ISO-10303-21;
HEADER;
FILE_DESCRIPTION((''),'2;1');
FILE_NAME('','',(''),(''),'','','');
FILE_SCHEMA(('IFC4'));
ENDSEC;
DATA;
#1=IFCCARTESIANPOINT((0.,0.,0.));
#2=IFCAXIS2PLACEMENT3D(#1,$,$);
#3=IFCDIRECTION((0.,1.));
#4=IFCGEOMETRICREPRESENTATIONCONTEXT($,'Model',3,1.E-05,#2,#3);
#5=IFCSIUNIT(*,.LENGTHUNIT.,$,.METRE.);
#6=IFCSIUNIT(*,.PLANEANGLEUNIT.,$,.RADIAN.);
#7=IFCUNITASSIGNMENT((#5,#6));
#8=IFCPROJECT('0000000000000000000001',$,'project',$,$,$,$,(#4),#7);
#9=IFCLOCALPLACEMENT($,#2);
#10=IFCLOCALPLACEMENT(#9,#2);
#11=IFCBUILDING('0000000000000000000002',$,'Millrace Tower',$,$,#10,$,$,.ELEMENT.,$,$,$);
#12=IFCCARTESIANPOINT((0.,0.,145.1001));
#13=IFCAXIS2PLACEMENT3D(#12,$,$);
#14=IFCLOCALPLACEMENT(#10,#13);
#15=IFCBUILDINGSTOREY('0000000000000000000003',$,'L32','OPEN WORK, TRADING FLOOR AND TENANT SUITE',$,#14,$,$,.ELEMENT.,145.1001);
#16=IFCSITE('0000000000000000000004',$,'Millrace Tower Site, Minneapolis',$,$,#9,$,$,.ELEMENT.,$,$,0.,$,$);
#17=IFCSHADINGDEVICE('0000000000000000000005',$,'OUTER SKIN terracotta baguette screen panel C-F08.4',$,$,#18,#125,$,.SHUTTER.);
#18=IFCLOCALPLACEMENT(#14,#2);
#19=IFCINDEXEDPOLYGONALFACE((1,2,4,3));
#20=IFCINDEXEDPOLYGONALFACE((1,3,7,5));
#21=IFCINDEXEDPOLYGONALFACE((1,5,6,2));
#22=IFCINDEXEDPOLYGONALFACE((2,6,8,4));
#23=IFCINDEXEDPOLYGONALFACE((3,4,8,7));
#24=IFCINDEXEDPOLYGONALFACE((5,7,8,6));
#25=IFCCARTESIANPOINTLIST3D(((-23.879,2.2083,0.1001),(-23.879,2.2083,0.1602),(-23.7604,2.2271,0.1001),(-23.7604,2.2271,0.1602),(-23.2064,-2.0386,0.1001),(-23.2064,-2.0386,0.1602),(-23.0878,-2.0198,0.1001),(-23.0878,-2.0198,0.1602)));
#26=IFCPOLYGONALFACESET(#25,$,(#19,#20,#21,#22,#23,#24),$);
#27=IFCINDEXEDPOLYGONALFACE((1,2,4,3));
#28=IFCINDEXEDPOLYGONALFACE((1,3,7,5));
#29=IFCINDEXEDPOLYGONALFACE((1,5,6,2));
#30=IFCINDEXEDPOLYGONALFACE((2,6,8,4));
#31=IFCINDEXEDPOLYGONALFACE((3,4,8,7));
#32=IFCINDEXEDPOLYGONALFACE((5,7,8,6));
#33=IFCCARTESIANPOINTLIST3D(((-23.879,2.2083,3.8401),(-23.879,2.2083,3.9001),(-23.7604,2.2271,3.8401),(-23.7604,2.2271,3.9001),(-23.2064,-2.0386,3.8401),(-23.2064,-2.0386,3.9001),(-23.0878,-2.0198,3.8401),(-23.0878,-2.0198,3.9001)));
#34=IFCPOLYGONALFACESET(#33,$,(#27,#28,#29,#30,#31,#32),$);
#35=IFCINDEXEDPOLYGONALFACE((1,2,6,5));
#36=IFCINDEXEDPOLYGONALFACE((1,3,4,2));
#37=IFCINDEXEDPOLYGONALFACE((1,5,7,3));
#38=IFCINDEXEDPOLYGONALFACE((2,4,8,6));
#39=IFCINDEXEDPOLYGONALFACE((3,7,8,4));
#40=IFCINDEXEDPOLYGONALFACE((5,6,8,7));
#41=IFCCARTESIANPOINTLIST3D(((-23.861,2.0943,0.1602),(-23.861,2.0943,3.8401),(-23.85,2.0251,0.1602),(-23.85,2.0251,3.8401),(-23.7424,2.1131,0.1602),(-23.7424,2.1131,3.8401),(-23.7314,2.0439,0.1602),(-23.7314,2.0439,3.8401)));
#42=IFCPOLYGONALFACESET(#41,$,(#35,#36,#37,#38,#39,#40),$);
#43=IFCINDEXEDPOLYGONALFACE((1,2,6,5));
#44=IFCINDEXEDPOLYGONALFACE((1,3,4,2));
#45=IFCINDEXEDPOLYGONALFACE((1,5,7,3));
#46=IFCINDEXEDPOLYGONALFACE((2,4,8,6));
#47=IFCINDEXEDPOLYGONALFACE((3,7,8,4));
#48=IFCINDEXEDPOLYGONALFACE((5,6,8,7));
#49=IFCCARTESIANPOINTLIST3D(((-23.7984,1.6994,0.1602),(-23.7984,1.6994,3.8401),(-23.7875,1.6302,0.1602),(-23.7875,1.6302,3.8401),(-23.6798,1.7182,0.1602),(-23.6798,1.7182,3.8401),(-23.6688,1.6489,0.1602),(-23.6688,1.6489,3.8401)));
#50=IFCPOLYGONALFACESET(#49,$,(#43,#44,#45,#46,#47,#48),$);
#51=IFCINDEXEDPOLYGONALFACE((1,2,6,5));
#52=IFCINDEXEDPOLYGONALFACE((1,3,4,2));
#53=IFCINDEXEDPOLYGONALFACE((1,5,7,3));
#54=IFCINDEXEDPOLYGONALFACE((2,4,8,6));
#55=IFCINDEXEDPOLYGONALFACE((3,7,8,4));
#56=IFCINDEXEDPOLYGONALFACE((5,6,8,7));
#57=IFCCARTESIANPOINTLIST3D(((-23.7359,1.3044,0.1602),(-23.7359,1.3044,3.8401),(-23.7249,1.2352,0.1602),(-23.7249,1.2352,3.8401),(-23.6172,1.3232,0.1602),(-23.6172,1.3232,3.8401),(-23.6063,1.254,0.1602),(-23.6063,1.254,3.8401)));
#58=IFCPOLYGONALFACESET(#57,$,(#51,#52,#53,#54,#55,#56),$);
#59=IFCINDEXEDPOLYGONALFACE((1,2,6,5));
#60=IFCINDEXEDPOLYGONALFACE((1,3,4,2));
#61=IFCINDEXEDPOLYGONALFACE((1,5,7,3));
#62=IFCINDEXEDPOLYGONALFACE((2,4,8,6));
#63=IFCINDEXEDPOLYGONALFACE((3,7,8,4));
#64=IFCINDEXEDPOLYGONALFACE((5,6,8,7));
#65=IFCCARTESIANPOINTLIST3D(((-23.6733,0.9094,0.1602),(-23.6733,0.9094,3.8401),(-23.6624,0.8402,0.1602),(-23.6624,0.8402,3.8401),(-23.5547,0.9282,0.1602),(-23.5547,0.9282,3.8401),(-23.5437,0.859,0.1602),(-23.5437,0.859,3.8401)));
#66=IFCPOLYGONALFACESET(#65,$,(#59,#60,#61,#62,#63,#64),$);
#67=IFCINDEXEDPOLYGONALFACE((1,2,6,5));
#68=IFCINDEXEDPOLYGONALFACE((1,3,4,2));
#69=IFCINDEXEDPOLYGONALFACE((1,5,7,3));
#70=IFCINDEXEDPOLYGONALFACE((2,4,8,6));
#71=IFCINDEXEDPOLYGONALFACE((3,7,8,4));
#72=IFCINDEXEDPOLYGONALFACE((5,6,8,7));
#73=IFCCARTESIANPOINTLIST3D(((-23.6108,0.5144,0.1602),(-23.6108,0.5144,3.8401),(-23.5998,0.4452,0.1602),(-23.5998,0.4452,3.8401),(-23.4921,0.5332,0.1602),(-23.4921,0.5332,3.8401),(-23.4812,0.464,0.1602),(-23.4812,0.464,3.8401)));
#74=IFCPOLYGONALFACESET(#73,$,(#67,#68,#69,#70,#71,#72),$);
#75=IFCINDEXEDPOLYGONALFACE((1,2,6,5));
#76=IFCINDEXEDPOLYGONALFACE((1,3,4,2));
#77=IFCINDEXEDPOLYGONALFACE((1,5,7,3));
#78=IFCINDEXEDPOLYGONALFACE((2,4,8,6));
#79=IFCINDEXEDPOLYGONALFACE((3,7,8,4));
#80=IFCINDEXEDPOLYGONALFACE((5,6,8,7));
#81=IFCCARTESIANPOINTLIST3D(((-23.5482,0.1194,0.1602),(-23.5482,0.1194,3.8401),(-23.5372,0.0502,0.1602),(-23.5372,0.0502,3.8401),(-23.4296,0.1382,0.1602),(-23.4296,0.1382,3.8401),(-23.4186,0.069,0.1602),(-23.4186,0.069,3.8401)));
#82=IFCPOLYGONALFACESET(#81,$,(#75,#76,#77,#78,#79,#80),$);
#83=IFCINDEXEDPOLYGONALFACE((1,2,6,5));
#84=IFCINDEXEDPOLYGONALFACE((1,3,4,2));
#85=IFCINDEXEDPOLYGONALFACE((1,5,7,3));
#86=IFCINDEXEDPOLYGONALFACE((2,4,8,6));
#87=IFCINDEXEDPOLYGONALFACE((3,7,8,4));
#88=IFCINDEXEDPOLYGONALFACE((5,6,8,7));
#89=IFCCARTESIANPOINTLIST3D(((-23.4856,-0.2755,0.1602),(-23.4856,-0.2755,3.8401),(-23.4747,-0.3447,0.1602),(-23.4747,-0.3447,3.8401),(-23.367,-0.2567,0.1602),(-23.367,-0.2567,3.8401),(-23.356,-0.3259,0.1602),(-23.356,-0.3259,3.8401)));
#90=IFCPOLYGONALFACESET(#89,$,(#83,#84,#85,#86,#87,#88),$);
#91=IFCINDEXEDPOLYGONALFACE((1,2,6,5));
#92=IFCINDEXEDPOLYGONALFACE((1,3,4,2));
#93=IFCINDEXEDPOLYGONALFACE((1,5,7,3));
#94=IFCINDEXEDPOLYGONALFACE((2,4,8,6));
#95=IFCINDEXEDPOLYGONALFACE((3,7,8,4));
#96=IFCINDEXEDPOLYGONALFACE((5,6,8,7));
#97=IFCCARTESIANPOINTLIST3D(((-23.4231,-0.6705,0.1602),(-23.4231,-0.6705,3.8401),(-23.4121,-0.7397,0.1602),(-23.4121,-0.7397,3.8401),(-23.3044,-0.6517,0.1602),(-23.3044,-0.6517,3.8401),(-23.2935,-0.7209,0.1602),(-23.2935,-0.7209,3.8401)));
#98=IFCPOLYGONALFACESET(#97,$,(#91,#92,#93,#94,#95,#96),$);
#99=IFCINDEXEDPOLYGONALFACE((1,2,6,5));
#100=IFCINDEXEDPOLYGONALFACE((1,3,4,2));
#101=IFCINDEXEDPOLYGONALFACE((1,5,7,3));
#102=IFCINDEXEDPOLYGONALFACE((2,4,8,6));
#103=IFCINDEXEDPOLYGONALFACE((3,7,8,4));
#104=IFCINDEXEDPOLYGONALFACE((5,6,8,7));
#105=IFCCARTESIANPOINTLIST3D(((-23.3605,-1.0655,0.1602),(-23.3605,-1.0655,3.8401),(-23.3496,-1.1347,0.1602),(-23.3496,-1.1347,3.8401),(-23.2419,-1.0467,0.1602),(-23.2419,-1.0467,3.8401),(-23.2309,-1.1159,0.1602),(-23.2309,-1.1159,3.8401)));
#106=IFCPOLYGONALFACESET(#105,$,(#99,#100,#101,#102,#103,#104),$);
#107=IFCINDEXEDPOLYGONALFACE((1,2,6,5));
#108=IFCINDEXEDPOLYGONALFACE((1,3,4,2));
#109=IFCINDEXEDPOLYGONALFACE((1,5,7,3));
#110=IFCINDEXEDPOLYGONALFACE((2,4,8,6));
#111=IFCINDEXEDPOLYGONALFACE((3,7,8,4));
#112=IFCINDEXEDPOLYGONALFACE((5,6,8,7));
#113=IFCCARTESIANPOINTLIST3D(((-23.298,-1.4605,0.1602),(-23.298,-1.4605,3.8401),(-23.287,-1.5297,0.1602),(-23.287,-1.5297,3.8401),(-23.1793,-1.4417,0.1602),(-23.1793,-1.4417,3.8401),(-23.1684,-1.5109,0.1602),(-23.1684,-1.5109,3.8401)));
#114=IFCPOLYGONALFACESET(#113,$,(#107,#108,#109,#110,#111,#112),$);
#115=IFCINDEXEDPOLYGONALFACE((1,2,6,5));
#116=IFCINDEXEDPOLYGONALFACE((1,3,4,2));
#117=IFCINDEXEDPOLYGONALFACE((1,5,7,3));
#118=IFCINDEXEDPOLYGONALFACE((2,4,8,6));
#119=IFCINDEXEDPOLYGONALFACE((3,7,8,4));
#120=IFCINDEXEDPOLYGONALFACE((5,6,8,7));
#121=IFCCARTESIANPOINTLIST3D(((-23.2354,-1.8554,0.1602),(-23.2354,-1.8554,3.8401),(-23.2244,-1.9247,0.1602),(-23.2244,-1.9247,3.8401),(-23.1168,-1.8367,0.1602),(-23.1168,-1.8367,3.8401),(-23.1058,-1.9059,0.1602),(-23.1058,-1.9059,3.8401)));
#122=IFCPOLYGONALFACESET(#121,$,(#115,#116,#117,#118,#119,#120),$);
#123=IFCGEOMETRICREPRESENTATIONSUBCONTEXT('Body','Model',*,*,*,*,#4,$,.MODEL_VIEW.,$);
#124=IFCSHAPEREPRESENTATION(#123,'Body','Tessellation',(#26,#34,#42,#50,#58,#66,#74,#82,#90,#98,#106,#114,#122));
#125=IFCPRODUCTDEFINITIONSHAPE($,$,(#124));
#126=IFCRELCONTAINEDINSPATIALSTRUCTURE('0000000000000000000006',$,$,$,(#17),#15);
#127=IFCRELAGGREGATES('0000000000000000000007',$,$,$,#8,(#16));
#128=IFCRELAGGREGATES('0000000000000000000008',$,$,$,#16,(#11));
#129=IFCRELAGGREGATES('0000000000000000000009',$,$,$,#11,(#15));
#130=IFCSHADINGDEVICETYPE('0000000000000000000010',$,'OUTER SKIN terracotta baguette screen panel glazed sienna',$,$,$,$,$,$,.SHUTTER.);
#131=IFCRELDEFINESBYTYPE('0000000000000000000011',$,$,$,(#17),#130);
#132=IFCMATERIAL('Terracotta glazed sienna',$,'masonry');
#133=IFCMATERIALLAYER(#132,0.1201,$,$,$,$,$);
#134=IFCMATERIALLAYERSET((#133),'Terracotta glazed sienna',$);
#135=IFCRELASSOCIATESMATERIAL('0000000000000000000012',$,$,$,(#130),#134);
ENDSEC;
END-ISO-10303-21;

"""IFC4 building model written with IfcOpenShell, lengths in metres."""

from ifc_helpers import new_model, entity, si_unit, direction, frame, frame_2d, origin, origin_2d, place, context, subcontext, project, spatial, rectangle, extrude, source, transform, mapped, material, layer, layer_set, type_object, element, save


model = new_model("IFC4")

# Units and contexts
model_context = context("Model", 3, precision=1e-05, world=origin(), true_north=direction((0.0, 1.0)))
body_context = subcontext(model_context, "Body", "Model", "MODEL_VIEW")
ifc_project = project(units=[si_unit("LENGTHUNIT", "METRE"), si_unit("PLANEANGLEUNIT", "RADIAN")], contexts=[model_context])

# Site, building, storey
site_placement = place(None, origin())
site = spatial("IfcSite", under=ifc_project, at=site_placement, Name="Millrace Tower Site, Minneapolis", CompositionType="ELEMENT", RefElevation=0.0)
building_placement = place(site_placement, origin())
building = spatial("IfcBuilding", under=site, at=building_placement, Name="Millrace Tower", CompositionType="ELEMENT")
storey_placement = place(building_placement, frame((0.0, 0.0, 145.1001)))
storey = spatial("IfcBuildingStorey", under=building, at=storey_placement, Name="L32", Description="OPEN WORK, TRADING FLOOR AND TENANT SUITE", CompositionType="ELEMENT", Elevation=145.1001)

# Shading device
ifc_material_1 = material(Name="Terracotta glazed sienna", Category="masonry")
ifc_layer_1 = layer(ifc_material_1, 0.1201)
ifc_layer_set_1 = layer_set([ifc_layer_1], Name="Terracotta glazed sienna")
shading_device_type = type_object("IfcShadingDeviceType", Name="OUTER SKIN terracotta baguette screen panel glazed sienna", PredefinedType="SHUTTER", material=ifc_layer_set_1)
cartesian_point = entity("IfcCartesianPoint", [-2.1499, 0.0601])
shared_polyline = entity("IfcPolyline", [cartesian_point, entity("IfcCartesianPoint", [2.1499, 0.0601]), entity("IfcCartesianPoint", [2.1499, -0.0601]), entity("IfcCartesianPoint", [-2.1499, -0.0601]), cartesian_point])
shared_shape = source(origin(), body_context, "Body", "SweptSolid", [
    entity("IfcExtrudedAreaSolid", entity("IfcArbitraryClosedProfileDef", "AREA", None, shared_polyline), entity("IfcAxis2Placement3D", entity("IfcCartesianPoint", [0.0, 0.0, 0.0])), entity("IfcDirection", [0.0, 0.0, 1.0]), 0.0601),
    entity("IfcExtrudedAreaSolid", entity("IfcArbitraryClosedProfileDef", "AREA", None, shared_polyline), entity("IfcAxis2Placement3D", entity("IfcCartesianPoint", [0.0, 0.0, 3.74])), entity("IfcDirection", [0.0, 0.0, 1.0]), 0.0601),
    extrude(rectangle(XDim=0.0701, YDim=0.1201, at=frame_2d((-1.9995, 0.0))), frame((0.0, 0.0, 0.0601)), (0.0, 0.0, 1.0), 3.6799),
    extrude(rectangle(XDim=0.0701, YDim=0.1201, at=frame_2d((-1.5996, 0.0))), frame((0.0, 0.0, 0.0601)), (0.0, 0.0, 1.0), 3.6799),
    extrude(rectangle(XDim=0.0701, YDim=0.1201, at=frame_2d((-1.1997, 0.0))), frame((0.0, 0.0, 0.0601)), (0.0, 0.0, 1.0), 3.6799),
    extrude(rectangle(XDim=0.0701, YDim=0.1201, at=frame_2d((-0.7998, 0.0))), frame((0.0, 0.0, 0.0601)), (0.0, 0.0, 1.0), 3.6799),
    extrude(rectangle(XDim=0.0701, YDim=0.1201, at=frame_2d((-0.3999, 0.0))), frame((0.0, 0.0, 0.0601)), (0.0, 0.0, 1.0), 3.6799),
    extrude(rectangle(XDim=0.0701, YDim=0.1201, at=origin_2d()), frame((0.0, 0.0, 0.0601)), (0.0, 0.0, 1.0), 3.6799),
    extrude(rectangle(XDim=0.0701, YDim=0.1201, at=frame_2d((0.3999, 0.0))), frame((0.0, 0.0, 0.0601)), (0.0, 0.0, 1.0), 3.6799),
    extrude(rectangle(XDim=0.0701, YDim=0.1201, at=frame_2d((0.7998, 0.0))), frame((0.0, 0.0, 0.0601)), (0.0, 0.0, 1.0), 3.6799),
    extrude(rectangle(XDim=0.0701, YDim=0.1201, at=frame_2d((1.1997, 0.0))), frame((0.0, 0.0, 0.0601)), (0.0, 0.0, 1.0), 3.6799),
    extrude(rectangle(XDim=0.0701, YDim=0.1201, at=frame_2d((1.5996, 0.0))), frame((0.0, 0.0, 0.0601)), (0.0, 0.0, 1.0), 3.6799),
    extrude(rectangle(XDim=0.0701, YDim=0.1201, at=frame_2d((1.9995, 0.0))), frame((0.0, 0.0, 0.0601)), (0.0, 0.0, 1.0), 3.6799),
])
for number, where, z_axis, x_axis, name in (
    (1, (-23.4834, 0.0942, 0.1001), (0.0, 0.0, 1.0), (0.156434, -0.987688, 0.0), "OUTER SKIN terracotta baguette screen panel C-F08.4"),
):
    element("IfcShadingDevice", number, at=place(storey_placement, frame(where, z_axis=z_axis, x_axis=x_axis)), inside=storey, type_object=shading_device_type, Name=name, PredefinedType="SHUTTER", context=body_context, shape_type="MappedRepresentation", body=[
        mapped(shared_shape, transform((0.0, 0.0, 0.0), scale=1.0)),
    ])

save(model, "model.ifc")
